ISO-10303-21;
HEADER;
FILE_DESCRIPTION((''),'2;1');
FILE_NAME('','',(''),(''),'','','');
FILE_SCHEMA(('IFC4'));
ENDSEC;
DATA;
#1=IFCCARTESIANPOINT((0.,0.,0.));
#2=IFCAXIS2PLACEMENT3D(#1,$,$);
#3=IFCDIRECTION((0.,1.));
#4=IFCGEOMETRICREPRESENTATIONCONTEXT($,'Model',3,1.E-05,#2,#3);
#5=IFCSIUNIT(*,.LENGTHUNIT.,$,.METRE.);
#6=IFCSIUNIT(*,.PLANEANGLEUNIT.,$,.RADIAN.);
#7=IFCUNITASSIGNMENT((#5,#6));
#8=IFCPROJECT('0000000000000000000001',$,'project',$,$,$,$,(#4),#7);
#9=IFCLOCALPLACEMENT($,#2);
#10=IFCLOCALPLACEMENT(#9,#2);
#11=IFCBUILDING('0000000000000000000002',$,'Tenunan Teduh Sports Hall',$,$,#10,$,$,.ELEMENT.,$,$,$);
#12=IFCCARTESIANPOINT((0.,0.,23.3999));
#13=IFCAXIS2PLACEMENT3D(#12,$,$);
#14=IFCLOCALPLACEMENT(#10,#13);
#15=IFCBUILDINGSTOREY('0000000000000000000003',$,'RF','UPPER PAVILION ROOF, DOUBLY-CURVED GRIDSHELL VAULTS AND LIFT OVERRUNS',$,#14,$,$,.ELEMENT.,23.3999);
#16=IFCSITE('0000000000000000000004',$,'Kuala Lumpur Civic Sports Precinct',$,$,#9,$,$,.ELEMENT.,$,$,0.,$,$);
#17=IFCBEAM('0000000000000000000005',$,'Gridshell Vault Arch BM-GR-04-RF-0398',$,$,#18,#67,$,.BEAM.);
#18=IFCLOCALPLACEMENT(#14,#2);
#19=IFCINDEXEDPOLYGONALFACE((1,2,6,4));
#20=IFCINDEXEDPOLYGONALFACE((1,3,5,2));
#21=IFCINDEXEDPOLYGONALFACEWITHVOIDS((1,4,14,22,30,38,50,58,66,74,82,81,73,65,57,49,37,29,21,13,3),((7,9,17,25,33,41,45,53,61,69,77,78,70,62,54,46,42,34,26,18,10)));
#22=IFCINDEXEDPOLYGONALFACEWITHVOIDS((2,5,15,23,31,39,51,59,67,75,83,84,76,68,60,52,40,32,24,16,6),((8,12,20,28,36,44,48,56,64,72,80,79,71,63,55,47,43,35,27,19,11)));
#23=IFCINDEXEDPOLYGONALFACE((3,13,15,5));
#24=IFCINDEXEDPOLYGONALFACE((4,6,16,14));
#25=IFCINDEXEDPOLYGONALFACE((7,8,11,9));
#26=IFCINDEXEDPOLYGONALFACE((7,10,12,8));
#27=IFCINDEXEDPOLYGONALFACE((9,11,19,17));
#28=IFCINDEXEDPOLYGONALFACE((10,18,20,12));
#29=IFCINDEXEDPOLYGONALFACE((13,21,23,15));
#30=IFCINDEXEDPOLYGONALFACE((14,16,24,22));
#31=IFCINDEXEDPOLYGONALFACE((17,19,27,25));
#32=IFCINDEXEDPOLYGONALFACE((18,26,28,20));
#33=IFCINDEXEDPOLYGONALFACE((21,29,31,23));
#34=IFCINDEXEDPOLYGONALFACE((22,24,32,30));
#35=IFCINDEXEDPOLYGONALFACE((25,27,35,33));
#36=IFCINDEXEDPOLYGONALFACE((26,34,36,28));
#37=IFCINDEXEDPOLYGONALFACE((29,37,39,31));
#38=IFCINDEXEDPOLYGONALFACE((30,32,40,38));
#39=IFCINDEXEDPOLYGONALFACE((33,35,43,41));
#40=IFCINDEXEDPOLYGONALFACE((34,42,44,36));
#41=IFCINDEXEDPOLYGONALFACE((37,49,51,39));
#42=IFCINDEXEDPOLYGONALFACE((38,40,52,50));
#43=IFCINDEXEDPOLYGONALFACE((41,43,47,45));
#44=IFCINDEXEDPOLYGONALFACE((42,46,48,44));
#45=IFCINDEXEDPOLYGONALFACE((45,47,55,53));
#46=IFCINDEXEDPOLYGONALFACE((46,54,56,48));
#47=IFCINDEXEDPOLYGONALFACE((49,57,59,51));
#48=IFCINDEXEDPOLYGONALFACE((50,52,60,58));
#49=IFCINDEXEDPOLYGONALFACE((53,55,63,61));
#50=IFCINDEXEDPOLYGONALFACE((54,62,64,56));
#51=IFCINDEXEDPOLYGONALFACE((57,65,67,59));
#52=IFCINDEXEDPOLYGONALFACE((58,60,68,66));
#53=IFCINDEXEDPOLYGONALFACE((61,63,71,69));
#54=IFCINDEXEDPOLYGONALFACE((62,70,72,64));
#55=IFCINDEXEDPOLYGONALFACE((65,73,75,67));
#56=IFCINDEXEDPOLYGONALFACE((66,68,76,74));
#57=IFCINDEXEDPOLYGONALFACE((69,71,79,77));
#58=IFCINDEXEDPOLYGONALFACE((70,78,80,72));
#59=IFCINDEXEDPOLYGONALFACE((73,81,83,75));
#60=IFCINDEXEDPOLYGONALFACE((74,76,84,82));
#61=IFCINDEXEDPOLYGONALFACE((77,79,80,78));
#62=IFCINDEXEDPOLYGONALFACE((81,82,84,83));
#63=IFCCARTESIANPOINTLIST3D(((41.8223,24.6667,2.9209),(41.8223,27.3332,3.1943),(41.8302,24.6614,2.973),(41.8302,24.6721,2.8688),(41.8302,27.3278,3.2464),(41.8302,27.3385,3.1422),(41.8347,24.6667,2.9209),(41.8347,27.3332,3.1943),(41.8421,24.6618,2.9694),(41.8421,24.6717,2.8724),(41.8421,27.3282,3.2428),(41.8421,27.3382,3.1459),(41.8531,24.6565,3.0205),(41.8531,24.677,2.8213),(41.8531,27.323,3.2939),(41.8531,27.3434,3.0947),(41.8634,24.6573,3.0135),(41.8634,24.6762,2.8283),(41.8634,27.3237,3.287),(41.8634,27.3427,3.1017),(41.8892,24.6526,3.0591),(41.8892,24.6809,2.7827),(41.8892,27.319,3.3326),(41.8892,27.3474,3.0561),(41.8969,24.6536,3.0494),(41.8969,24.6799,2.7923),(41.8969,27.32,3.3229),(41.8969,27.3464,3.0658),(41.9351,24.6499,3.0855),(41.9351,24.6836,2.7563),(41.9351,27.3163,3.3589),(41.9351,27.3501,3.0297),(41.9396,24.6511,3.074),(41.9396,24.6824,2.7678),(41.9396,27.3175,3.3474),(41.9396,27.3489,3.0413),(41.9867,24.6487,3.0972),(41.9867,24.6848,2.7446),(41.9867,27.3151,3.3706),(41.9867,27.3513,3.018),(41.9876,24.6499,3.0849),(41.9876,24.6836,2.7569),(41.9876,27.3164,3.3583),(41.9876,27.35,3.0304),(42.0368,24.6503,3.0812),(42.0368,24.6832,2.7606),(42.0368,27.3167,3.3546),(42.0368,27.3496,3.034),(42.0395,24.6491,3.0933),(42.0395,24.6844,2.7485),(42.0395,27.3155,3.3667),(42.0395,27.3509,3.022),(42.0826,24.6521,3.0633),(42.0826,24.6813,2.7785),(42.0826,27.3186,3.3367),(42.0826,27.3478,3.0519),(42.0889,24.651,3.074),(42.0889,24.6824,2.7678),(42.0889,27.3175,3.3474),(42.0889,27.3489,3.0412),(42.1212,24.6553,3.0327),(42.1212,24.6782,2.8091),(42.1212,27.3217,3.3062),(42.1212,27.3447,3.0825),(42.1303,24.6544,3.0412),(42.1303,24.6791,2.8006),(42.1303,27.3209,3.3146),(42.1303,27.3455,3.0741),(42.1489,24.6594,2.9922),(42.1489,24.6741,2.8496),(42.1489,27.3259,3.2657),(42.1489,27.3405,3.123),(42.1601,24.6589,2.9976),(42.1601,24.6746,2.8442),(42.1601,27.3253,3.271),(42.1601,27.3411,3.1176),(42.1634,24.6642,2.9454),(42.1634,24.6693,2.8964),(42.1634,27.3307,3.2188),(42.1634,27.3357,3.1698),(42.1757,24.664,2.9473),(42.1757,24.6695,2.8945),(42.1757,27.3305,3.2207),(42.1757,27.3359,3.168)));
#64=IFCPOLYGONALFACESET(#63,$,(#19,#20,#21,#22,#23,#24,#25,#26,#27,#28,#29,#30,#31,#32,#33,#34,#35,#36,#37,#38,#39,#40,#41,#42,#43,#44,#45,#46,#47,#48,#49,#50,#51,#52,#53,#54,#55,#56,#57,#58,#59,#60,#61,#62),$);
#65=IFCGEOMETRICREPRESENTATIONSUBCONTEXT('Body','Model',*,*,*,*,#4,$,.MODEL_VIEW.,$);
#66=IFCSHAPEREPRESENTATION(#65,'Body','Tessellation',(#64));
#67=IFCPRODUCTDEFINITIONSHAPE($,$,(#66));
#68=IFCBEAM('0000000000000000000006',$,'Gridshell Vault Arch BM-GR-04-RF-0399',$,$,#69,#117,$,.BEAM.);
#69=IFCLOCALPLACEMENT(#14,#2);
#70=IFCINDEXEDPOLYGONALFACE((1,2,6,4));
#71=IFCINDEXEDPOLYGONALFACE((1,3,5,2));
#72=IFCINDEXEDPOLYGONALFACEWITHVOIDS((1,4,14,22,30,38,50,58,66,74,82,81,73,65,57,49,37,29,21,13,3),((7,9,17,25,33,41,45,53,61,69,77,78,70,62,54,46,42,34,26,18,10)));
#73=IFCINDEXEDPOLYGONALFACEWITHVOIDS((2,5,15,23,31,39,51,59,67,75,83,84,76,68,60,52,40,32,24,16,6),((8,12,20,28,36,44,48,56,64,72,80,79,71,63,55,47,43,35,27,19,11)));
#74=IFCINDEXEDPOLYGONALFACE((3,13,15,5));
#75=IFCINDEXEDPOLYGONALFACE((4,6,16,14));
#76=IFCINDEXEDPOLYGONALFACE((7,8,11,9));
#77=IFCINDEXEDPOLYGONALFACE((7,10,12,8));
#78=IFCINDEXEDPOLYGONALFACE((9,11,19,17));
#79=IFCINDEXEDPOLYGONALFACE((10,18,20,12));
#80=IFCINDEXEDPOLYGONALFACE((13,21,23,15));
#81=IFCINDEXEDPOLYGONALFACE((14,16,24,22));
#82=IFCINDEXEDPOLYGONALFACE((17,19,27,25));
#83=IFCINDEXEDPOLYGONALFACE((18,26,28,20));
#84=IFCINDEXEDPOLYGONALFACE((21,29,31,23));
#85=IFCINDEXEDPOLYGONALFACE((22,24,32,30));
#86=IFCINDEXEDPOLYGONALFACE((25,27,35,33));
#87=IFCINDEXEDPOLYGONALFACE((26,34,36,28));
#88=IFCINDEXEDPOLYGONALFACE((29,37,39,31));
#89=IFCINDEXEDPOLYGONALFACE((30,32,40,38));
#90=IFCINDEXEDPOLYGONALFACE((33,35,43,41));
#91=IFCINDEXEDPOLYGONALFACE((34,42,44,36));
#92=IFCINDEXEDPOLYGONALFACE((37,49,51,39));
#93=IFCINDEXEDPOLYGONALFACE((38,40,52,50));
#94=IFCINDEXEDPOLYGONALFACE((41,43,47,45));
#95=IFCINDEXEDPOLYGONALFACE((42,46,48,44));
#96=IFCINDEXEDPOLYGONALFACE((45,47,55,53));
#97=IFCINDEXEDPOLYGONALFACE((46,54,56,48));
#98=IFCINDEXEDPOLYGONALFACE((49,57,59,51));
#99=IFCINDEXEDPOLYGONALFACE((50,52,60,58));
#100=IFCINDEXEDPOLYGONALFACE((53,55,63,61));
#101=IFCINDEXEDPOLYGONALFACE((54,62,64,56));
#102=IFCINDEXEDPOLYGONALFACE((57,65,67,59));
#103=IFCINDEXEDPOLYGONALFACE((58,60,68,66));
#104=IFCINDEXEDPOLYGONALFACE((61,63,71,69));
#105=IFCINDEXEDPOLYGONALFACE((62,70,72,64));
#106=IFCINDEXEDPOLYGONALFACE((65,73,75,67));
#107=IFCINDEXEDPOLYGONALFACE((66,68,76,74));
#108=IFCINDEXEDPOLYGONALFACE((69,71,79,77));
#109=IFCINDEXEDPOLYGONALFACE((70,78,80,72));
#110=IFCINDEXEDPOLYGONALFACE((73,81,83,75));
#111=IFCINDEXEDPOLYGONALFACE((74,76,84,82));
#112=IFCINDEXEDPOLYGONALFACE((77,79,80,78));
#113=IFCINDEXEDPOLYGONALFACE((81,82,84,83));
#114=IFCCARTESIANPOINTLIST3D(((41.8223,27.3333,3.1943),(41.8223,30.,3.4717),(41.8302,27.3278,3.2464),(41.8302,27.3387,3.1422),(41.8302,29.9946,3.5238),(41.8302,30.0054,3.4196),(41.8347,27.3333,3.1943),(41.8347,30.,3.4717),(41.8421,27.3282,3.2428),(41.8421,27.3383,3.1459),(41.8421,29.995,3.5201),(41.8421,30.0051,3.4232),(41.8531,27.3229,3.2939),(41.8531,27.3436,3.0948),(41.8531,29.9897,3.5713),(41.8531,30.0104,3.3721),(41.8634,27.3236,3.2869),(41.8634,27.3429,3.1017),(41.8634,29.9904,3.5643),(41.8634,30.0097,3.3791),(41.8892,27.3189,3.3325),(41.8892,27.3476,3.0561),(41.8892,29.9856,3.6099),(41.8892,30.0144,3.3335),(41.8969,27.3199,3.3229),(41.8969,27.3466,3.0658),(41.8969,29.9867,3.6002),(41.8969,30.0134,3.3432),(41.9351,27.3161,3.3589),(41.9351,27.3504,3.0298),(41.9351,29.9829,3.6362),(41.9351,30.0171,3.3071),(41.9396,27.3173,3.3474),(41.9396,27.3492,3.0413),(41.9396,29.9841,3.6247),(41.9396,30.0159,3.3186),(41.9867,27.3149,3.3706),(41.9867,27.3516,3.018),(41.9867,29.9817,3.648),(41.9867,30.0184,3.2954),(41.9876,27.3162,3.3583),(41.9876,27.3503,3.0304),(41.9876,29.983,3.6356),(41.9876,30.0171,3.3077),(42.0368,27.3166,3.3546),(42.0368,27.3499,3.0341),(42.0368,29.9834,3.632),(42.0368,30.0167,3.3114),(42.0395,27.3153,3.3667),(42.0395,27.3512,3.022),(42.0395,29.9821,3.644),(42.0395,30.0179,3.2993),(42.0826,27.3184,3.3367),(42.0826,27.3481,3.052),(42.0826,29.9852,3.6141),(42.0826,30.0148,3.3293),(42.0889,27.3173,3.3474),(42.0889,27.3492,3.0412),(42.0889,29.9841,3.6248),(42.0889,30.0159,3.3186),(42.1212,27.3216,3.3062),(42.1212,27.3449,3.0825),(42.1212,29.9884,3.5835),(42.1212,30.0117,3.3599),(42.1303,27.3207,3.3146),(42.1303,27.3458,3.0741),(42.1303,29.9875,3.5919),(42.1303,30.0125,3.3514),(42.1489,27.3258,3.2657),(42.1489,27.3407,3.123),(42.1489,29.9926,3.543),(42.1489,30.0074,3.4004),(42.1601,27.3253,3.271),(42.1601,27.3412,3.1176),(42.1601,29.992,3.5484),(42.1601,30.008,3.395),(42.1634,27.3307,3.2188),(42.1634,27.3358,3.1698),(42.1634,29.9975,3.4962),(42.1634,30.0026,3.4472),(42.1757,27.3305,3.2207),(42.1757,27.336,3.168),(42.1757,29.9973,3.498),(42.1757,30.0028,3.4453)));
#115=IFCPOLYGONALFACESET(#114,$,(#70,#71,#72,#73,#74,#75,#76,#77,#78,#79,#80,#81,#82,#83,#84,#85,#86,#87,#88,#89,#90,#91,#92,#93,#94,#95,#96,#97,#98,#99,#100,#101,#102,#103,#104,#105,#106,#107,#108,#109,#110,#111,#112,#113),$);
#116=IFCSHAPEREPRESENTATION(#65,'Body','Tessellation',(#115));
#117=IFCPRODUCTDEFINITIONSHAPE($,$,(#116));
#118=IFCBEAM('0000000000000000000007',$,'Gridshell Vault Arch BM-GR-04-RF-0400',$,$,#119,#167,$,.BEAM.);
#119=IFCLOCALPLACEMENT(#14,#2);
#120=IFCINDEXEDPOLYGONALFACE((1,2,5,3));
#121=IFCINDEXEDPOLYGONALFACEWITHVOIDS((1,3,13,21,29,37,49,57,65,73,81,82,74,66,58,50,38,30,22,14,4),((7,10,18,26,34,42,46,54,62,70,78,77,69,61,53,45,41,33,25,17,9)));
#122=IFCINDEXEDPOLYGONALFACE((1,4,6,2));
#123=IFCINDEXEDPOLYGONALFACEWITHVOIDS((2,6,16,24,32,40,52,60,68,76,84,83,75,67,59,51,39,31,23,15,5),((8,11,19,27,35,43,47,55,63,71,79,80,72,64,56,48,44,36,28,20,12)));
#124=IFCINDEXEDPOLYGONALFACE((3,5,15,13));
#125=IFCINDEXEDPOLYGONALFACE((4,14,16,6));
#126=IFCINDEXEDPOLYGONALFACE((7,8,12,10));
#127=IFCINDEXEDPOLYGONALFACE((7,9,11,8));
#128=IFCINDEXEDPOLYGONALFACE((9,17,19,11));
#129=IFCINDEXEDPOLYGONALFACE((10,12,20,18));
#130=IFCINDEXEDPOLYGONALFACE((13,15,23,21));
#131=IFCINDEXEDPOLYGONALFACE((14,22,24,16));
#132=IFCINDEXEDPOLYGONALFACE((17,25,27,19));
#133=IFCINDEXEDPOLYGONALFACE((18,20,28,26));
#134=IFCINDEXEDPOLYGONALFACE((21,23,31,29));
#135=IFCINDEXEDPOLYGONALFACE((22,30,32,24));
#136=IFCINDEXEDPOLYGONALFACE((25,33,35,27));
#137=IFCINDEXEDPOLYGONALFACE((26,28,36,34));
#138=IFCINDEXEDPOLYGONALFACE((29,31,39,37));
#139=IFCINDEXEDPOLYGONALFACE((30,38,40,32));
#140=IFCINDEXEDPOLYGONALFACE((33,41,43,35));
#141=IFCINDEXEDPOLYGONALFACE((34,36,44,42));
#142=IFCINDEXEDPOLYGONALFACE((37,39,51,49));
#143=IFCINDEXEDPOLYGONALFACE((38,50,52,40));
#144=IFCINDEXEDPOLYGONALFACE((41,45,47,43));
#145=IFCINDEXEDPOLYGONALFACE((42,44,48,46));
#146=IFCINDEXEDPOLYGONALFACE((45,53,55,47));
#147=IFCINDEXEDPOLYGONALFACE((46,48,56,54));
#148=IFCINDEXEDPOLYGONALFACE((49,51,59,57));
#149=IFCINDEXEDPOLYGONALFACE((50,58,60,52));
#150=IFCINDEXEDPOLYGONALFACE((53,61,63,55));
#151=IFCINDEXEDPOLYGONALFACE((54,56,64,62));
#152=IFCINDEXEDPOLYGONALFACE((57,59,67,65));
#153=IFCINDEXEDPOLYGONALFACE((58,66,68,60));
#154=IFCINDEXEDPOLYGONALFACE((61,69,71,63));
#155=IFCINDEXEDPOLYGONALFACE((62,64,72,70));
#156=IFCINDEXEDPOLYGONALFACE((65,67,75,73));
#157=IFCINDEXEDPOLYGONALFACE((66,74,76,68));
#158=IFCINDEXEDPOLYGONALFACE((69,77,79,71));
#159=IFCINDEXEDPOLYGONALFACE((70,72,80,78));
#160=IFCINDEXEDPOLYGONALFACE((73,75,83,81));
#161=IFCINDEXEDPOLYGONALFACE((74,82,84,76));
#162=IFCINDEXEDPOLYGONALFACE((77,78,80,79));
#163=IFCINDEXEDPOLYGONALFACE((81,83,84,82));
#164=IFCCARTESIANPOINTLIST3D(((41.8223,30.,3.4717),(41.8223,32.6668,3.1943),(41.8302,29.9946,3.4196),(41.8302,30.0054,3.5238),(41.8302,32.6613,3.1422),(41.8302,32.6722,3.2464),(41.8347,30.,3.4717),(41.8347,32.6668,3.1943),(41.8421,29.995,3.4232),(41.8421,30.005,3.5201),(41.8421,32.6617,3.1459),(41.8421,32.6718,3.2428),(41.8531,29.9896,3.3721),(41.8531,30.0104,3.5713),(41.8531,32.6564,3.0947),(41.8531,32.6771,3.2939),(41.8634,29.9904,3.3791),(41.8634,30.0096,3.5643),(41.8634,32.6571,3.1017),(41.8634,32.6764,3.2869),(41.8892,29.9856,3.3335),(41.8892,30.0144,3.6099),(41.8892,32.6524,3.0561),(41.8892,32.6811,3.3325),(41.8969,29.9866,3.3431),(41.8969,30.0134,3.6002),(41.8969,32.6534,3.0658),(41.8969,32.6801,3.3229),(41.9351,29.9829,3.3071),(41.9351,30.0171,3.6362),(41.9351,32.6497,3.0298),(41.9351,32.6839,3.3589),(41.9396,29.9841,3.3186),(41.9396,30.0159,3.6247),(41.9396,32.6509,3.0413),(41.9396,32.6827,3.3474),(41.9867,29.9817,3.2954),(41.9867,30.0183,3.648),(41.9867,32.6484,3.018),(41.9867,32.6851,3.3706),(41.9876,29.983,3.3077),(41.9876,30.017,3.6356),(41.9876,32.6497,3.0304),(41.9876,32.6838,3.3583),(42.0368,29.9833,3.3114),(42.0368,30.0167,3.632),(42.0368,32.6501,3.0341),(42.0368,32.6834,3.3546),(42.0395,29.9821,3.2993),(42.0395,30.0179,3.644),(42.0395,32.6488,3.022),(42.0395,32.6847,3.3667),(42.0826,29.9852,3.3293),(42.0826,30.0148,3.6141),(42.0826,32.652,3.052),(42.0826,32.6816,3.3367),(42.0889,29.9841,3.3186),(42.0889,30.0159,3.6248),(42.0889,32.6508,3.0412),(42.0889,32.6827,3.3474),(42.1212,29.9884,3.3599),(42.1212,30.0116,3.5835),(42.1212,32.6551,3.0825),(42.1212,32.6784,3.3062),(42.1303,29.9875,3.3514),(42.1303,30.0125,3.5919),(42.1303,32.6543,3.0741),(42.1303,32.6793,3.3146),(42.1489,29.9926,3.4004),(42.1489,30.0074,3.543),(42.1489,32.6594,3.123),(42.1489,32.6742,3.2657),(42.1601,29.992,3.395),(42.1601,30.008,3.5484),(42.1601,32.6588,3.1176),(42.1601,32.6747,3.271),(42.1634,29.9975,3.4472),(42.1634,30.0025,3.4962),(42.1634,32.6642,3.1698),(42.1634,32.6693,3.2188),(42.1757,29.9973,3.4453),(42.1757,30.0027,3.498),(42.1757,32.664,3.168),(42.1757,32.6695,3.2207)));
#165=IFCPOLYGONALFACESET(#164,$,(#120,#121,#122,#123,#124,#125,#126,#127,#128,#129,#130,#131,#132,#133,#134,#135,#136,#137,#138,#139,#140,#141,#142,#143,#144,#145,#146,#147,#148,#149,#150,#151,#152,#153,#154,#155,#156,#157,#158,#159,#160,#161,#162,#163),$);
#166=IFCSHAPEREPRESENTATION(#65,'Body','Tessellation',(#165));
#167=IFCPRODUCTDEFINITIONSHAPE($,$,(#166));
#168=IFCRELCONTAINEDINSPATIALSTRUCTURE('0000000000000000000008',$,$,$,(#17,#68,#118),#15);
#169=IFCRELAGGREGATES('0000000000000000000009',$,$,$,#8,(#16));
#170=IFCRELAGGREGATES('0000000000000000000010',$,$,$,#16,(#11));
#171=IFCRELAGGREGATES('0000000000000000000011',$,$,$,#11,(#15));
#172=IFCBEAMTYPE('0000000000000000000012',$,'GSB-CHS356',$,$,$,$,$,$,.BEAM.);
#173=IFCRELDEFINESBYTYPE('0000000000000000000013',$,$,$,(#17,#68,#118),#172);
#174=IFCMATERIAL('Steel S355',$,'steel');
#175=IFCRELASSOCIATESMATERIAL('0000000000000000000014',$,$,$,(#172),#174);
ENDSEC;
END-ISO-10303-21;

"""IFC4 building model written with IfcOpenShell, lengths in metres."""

from ifc_helpers import new_model, si_unit, direction, frame, origin, origin_2d, place, context, subcontext, project, spatial, hollow_circle, extrude, material, material_profile, profile_set, type_object, element, save


model = new_model("IFC4")

# Units and contexts
model_context = context("Model", 3, precision=1e-05, world=origin(), true_north=direction((0.0, 1.0)))
body_context = subcontext(model_context, "Body", "Model", "MODEL_VIEW")
ifc_project = project(units=[si_unit("LENGTHUNIT", "METRE"), si_unit("PLANEANGLEUNIT", "RADIAN")], contexts=[model_context])

# Site, building, storey
site_placement = place(None, origin())
site = spatial("IfcSite", under=ifc_project, at=site_placement, Name="Kuala Lumpur Civic Sports Precinct", CompositionType="ELEMENT", RefElevation=0.0)
building_placement = place(site_placement, origin())
building = spatial("IfcBuilding", under=site, at=building_placement, Name="Tenunan Teduh Sports Hall", CompositionType="ELEMENT")
storey_placement = place(building_placement, frame((0.0, 0.0, 23.3999)))
storey = spatial("IfcBuildingStorey", under=building, at=storey_placement, Name="RF", Description="UPPER PAVILION ROOF, DOUBLY-CURVED GRIDSHELL VAULTS AND LIFT OVERRUNS", CompositionType="ELEMENT", Elevation=23.3999)

# Beams
ifc_material_1 = material(Name="Steel S355", Category="steel")
ifc_material_profile_1 = material_profile(ifc_material_1, hollow_circle(Radius=0.1777, WallThickness=0.0125, at=origin_2d()), Name="CHS 355.6x12.5")
ifc_profile_set_1 = profile_set([ifc_material_profile_1], Name="Steel S355")
beam_type_1 = type_object("IfcBeamType", Name="GSB-CHS356", PredefinedType="BEAM", material=ifc_profile_set_1)
beam_1_placement = place(storey_placement, frame((42.0, 24.6667, 2.9209), z_axis=(0.0, 0.994783, 0.10201), x_axis=(-1.0, 0.0, 0.0)))
element("IfcBeam", 1, at=beam_1_placement, inside=storey, type_object=beam_type_1, Name="Gridshell Vault Arch BM-GR-04-RF-0398", PredefinedType="BEAM", context=body_context, shape_type="SweptSolid", body=[
    extrude(hollow_circle(Radius=0.1777, WallThickness=0.0125, at=origin_2d()), origin(), (0.0, 0.0, 1.0), 2.6804),
])
for number, where, z_axis, x_axis, name in (
    (2, (42.0, 27.3333, 3.1943), (0.0, 0.994635, 0.103443), (-1.0, 0.0, 0.0), "Gridshell Vault Arch BM-GR-04-RF-0399"),
    (3, (42.0, 30.0, 3.4717), (0.0, 0.994635, -0.103443), (-1.0, 0.0, 0.0), "Gridshell Vault Arch BM-GR-04-RF-0400"),
):
    element("IfcBeam", number, at=place(storey_placement, frame(where, z_axis=z_axis, x_axis=x_axis)), inside=storey, type_object=beam_type_1, Name=name, PredefinedType="BEAM", context=body_context, shape_type="SweptSolid", body=[
        extrude(hollow_circle(Radius=0.1777, WallThickness=0.0125, at=origin_2d()), origin(), (0.0, 0.0, 1.0), 2.6812),
    ])

save(model, "model.ifc")
